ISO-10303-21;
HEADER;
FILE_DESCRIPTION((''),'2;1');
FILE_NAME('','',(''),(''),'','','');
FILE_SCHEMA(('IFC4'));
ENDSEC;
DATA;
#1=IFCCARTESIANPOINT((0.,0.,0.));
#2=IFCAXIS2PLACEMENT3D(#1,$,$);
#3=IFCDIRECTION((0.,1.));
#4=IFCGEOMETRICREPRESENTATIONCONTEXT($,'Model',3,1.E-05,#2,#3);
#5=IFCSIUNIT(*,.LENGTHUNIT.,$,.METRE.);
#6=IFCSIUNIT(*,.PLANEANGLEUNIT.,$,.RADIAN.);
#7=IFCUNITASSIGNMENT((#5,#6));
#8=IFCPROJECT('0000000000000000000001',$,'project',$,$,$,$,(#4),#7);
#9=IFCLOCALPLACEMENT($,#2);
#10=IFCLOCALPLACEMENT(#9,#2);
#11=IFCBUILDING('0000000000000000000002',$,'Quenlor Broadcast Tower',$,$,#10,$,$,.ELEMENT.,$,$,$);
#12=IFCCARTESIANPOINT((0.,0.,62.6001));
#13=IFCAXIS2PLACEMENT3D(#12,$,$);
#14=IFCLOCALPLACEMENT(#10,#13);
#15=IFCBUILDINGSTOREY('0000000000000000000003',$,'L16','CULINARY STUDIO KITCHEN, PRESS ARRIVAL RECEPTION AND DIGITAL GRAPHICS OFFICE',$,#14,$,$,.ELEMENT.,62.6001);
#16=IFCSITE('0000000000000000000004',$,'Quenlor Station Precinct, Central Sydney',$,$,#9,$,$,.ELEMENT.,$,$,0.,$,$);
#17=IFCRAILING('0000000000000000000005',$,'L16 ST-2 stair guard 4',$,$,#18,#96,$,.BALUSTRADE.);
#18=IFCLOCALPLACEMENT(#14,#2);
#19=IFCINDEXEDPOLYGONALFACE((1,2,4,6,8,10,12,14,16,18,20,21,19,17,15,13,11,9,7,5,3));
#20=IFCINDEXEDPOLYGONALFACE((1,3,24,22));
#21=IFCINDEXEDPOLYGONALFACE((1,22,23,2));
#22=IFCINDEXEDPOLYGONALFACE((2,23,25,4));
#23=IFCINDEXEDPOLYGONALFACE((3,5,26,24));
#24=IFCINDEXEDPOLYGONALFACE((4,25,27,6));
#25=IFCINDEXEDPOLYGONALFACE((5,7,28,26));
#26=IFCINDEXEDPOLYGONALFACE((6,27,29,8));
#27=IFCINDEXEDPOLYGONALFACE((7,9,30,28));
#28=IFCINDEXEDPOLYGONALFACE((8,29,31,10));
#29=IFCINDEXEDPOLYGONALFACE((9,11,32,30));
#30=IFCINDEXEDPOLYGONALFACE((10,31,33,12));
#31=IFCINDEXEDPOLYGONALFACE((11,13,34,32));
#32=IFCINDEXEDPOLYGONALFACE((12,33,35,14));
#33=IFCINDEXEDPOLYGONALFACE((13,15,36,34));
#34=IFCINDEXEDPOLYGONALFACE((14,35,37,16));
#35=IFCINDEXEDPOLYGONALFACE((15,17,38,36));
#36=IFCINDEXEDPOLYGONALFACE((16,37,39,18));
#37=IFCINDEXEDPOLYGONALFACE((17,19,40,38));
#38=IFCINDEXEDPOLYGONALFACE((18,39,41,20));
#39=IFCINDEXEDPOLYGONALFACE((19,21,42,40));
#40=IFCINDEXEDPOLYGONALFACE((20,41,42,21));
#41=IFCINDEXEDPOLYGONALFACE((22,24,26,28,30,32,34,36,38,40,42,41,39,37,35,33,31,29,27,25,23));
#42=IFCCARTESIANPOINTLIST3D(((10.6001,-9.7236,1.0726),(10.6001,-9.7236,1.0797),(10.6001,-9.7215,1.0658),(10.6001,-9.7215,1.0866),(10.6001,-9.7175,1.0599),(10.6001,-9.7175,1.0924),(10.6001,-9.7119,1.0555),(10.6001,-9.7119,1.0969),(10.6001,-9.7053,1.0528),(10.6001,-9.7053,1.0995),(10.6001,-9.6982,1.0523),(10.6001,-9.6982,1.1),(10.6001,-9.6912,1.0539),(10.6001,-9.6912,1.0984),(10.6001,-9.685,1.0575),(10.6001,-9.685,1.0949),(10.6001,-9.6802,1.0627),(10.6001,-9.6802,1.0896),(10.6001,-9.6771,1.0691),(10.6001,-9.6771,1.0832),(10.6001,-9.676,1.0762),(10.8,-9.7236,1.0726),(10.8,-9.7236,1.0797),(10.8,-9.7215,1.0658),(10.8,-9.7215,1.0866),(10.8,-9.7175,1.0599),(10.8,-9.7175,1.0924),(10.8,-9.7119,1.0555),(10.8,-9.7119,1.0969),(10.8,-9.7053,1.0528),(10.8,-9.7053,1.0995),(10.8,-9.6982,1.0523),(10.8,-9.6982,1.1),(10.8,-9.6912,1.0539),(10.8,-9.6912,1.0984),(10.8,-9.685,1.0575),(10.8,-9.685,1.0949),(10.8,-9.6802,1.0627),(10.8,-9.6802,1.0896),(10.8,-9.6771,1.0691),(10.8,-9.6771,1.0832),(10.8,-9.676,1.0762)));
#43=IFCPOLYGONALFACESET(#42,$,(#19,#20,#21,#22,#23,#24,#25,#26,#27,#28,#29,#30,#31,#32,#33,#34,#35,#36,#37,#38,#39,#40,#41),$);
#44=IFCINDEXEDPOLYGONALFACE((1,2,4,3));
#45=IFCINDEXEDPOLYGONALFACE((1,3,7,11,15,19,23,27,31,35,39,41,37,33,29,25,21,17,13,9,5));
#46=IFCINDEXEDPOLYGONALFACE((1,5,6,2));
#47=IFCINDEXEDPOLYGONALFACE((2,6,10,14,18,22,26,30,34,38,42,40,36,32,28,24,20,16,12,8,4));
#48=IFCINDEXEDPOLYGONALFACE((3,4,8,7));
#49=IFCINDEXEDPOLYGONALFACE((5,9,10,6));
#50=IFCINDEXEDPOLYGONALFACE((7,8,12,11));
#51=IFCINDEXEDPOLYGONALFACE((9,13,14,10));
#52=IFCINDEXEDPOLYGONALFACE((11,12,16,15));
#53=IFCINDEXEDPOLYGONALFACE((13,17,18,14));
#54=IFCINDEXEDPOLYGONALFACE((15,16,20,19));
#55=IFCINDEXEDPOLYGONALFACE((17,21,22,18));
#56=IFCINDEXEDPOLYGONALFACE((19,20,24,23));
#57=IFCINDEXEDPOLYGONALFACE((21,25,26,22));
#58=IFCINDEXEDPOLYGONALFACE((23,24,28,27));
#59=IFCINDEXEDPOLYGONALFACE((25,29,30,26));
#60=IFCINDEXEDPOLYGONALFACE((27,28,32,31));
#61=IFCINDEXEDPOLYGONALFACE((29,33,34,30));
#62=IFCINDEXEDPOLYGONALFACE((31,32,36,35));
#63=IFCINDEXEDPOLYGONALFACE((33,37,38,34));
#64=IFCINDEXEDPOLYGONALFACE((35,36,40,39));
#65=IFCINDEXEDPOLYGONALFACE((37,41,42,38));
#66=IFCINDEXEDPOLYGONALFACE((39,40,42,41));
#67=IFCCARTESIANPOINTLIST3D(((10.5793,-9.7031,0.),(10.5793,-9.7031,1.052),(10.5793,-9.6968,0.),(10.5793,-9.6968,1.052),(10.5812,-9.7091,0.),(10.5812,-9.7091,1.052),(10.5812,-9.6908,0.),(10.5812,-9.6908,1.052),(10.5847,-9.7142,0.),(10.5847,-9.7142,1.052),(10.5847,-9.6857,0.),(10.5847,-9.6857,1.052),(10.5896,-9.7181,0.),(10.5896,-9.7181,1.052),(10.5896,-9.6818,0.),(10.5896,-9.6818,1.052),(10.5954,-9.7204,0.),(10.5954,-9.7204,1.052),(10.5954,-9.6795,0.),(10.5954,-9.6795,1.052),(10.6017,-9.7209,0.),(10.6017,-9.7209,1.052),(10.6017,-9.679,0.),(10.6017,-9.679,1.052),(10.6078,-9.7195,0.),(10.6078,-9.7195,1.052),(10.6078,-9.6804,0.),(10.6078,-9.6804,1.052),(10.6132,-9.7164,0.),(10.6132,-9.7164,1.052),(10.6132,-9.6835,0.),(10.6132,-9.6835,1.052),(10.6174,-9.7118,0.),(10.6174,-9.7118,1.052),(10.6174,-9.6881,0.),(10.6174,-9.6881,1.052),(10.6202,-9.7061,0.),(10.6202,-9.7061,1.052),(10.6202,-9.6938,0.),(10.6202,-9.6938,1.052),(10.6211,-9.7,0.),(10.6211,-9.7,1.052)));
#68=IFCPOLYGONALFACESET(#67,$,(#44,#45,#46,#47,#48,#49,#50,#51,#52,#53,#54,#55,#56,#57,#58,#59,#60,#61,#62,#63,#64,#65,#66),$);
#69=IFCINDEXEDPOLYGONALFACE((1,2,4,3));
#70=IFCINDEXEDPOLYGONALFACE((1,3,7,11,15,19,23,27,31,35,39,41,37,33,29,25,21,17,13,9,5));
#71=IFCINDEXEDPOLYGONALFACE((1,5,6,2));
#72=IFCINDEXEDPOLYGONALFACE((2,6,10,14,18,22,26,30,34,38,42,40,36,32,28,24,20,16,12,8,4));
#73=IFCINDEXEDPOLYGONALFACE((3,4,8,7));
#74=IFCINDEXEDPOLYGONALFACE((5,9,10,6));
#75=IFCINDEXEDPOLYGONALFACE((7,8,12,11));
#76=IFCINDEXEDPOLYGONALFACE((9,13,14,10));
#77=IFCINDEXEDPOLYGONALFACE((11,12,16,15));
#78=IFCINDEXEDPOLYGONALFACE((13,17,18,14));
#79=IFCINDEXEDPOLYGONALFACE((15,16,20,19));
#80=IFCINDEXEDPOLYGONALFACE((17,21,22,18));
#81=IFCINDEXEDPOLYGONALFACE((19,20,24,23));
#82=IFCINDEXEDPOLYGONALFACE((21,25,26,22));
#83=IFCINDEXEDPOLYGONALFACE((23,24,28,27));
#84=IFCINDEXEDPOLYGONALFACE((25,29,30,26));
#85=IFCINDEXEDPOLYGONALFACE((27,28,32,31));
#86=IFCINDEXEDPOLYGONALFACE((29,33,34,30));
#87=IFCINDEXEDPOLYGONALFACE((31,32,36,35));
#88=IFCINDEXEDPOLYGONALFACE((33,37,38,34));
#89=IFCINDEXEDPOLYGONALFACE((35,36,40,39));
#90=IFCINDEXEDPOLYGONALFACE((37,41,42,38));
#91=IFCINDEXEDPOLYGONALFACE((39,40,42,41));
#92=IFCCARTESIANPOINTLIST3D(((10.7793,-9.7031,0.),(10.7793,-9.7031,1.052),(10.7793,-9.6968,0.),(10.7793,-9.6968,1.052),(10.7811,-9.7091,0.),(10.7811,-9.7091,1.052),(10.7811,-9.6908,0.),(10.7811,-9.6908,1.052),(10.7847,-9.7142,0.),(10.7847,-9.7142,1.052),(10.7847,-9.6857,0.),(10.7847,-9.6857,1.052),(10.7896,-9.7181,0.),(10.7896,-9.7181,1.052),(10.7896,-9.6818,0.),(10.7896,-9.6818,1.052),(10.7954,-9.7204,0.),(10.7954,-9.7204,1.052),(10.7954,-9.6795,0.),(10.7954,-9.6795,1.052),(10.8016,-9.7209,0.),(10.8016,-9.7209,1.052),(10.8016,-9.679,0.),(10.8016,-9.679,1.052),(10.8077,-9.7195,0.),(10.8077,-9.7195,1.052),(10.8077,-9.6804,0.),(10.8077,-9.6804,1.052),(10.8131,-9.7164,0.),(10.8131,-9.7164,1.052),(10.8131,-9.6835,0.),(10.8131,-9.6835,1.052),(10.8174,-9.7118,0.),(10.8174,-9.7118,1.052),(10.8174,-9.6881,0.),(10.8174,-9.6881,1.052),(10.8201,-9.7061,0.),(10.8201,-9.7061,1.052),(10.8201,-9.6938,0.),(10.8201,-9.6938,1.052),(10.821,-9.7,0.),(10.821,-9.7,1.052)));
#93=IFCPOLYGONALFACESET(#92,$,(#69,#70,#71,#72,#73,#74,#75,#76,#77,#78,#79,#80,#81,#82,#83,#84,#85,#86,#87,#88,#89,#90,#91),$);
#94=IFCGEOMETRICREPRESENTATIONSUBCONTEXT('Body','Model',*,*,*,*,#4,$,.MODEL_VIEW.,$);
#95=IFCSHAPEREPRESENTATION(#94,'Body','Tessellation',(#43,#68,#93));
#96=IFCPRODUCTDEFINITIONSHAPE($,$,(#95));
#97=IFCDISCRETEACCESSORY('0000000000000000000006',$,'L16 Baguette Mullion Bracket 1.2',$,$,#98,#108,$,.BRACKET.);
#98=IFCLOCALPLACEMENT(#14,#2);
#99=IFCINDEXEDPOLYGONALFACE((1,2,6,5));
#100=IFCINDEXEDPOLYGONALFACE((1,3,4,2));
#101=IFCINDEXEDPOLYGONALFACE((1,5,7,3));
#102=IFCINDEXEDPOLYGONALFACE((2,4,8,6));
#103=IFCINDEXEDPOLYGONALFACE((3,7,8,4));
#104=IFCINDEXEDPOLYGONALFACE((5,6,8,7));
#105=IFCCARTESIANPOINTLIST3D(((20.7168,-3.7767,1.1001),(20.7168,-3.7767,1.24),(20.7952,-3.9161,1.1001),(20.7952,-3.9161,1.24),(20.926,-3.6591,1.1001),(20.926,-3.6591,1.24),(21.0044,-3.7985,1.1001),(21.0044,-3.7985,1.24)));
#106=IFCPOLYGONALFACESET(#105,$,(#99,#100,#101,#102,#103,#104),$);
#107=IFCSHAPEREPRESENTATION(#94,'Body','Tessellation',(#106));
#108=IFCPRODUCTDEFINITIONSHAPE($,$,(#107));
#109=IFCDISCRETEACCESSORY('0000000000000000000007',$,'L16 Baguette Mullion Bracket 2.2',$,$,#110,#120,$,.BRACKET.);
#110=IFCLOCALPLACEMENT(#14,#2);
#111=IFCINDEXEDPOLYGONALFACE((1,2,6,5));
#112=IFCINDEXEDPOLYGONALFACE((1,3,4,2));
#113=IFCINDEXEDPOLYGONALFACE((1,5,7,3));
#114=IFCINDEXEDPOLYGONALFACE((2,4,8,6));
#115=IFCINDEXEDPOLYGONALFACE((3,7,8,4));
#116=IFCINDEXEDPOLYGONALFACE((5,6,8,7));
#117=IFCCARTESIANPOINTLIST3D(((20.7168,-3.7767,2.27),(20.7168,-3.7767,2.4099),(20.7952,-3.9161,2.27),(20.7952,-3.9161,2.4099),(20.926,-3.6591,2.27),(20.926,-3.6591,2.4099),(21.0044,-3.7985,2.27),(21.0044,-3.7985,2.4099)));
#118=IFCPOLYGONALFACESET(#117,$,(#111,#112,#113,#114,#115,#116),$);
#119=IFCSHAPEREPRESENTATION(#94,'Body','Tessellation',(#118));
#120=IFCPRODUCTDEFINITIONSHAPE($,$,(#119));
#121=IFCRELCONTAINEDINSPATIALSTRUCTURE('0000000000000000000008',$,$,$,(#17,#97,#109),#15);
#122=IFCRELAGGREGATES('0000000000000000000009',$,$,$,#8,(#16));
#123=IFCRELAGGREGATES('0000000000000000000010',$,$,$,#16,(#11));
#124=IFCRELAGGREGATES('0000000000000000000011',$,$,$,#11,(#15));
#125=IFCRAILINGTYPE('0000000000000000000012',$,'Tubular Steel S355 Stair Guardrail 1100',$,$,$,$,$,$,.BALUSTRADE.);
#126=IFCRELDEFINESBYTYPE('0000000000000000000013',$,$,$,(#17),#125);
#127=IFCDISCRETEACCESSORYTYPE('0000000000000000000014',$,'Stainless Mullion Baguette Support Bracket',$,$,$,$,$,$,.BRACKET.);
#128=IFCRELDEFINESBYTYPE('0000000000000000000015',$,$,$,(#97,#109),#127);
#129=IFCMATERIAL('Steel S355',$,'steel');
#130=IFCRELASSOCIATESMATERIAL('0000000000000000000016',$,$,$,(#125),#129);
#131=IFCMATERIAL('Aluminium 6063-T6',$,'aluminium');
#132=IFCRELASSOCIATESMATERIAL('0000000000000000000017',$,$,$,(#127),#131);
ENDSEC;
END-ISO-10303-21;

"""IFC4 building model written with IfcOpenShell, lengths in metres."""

from ifc_helpers import new_model, si_unit, direction, frame, origin, origin_2d, place, context, subcontext, project, spatial, rectangle, circle, extrude, material, type_object, element, save


model = new_model("IFC4")

# Units and contexts
model_context = context("Model", 3, precision=1e-05, world=origin(), true_north=direction((0.0, 1.0)))
body_context = subcontext(model_context, "Body", "Model", "MODEL_VIEW")
ifc_project = project(units=[si_unit("LENGTHUNIT", "METRE"), si_unit("PLANEANGLEUNIT", "RADIAN")], contexts=[model_context])

# Site, building, storey
site_placement = place(None, origin())
site = spatial("IfcSite", under=ifc_project, at=site_placement, Name="Quenlor Station Precinct, Central Sydney", CompositionType="ELEMENT", RefElevation=0.0)
building_placement = place(site_placement, origin())
building = spatial("IfcBuilding", under=site, at=building_placement, Name="Quenlor Broadcast Tower", CompositionType="ELEMENT")
storey_placement = place(building_placement, frame((0.0, 0.0, 62.6001)))
storey = spatial("IfcBuildingStorey", under=building, at=storey_placement, Name="L16", Description="CULINARY STUDIO KITCHEN, PRESS ARRIVAL RECEPTION AND DIGITAL GRAPHICS OFFICE", CompositionType="ELEMENT", Elevation=62.6001)

# Railing
ifc_material_1 = material(Name="Steel S355", Category="steel")
railing_type_1 = type_object("IfcRailingType", Name="Tubular Steel S355 Stair Guardrail 1100", PredefinedType="BALUSTRADE", material=ifc_material_1)
railing_1_placement = place(storey_placement, frame((10.6001, -9.7, 0.0)))
element("IfcRailing", 1, at=railing_1_placement, inside=storey, type_object=railing_type_1, Name="L16 ST-2 stair guard 4", PredefinedType="BALUSTRADE", context=body_context, shape_type="SweptSolid", body=[
    extrude(circle(Radius=0.0239, at=origin_2d()), frame((0.0, 0.0, 1.0762), z_axis=(1.0, 0.0, 0.0), x_axis=(0.0, 1.0, 0.0)), (0.0, 0.0, 1.0), 0.2),
    extrude(circle(Radius=0.021, at=origin_2d()), origin(), (0.0, 0.0, 1.0), 1.052),
    extrude(circle(Radius=0.021, at=origin_2d()), frame((0.2, 0.0, 0.0)), (0.0, 0.0, 1.0), 1.052),
])

# Discrete accessories
ifc_material_2 = material(Name="Aluminium 6063-T6", Category="aluminium")
discrete_accessory_type = type_object("IfcDiscreteAccessoryType", Name="Stainless Mullion Baguette Support Bracket", PredefinedType="BRACKET", material=ifc_material_2)
for number, where, z_axis, x_axis, name in (
    (2, (20.8606, -3.7876, 1.1001), (0.0, 0.0, 1.0), (0.490257, -0.871578, 0.0), "L16 Baguette Mullion Bracket 1.2"),
    (3, (20.8606, -3.7876, 2.27), (0.0, 0.0, 1.0), (0.490257, -0.871578, 0.0), "L16 Baguette Mullion Bracket 2.2"),
):
    element("IfcDiscreteAccessory", number, at=place(storey_placement, frame(where, z_axis=z_axis, x_axis=x_axis)), inside=storey, type_object=discrete_accessory_type, Name=name, PredefinedType="BRACKET", context=body_context, shape_type="SweptSolid", body=[
        extrude(rectangle(XDim=0.1599, YDim=0.24, at=origin_2d()), origin(), (0.0, 0.0, 1.0), 0.1399),
    ])

save(model, "model.ifc")
